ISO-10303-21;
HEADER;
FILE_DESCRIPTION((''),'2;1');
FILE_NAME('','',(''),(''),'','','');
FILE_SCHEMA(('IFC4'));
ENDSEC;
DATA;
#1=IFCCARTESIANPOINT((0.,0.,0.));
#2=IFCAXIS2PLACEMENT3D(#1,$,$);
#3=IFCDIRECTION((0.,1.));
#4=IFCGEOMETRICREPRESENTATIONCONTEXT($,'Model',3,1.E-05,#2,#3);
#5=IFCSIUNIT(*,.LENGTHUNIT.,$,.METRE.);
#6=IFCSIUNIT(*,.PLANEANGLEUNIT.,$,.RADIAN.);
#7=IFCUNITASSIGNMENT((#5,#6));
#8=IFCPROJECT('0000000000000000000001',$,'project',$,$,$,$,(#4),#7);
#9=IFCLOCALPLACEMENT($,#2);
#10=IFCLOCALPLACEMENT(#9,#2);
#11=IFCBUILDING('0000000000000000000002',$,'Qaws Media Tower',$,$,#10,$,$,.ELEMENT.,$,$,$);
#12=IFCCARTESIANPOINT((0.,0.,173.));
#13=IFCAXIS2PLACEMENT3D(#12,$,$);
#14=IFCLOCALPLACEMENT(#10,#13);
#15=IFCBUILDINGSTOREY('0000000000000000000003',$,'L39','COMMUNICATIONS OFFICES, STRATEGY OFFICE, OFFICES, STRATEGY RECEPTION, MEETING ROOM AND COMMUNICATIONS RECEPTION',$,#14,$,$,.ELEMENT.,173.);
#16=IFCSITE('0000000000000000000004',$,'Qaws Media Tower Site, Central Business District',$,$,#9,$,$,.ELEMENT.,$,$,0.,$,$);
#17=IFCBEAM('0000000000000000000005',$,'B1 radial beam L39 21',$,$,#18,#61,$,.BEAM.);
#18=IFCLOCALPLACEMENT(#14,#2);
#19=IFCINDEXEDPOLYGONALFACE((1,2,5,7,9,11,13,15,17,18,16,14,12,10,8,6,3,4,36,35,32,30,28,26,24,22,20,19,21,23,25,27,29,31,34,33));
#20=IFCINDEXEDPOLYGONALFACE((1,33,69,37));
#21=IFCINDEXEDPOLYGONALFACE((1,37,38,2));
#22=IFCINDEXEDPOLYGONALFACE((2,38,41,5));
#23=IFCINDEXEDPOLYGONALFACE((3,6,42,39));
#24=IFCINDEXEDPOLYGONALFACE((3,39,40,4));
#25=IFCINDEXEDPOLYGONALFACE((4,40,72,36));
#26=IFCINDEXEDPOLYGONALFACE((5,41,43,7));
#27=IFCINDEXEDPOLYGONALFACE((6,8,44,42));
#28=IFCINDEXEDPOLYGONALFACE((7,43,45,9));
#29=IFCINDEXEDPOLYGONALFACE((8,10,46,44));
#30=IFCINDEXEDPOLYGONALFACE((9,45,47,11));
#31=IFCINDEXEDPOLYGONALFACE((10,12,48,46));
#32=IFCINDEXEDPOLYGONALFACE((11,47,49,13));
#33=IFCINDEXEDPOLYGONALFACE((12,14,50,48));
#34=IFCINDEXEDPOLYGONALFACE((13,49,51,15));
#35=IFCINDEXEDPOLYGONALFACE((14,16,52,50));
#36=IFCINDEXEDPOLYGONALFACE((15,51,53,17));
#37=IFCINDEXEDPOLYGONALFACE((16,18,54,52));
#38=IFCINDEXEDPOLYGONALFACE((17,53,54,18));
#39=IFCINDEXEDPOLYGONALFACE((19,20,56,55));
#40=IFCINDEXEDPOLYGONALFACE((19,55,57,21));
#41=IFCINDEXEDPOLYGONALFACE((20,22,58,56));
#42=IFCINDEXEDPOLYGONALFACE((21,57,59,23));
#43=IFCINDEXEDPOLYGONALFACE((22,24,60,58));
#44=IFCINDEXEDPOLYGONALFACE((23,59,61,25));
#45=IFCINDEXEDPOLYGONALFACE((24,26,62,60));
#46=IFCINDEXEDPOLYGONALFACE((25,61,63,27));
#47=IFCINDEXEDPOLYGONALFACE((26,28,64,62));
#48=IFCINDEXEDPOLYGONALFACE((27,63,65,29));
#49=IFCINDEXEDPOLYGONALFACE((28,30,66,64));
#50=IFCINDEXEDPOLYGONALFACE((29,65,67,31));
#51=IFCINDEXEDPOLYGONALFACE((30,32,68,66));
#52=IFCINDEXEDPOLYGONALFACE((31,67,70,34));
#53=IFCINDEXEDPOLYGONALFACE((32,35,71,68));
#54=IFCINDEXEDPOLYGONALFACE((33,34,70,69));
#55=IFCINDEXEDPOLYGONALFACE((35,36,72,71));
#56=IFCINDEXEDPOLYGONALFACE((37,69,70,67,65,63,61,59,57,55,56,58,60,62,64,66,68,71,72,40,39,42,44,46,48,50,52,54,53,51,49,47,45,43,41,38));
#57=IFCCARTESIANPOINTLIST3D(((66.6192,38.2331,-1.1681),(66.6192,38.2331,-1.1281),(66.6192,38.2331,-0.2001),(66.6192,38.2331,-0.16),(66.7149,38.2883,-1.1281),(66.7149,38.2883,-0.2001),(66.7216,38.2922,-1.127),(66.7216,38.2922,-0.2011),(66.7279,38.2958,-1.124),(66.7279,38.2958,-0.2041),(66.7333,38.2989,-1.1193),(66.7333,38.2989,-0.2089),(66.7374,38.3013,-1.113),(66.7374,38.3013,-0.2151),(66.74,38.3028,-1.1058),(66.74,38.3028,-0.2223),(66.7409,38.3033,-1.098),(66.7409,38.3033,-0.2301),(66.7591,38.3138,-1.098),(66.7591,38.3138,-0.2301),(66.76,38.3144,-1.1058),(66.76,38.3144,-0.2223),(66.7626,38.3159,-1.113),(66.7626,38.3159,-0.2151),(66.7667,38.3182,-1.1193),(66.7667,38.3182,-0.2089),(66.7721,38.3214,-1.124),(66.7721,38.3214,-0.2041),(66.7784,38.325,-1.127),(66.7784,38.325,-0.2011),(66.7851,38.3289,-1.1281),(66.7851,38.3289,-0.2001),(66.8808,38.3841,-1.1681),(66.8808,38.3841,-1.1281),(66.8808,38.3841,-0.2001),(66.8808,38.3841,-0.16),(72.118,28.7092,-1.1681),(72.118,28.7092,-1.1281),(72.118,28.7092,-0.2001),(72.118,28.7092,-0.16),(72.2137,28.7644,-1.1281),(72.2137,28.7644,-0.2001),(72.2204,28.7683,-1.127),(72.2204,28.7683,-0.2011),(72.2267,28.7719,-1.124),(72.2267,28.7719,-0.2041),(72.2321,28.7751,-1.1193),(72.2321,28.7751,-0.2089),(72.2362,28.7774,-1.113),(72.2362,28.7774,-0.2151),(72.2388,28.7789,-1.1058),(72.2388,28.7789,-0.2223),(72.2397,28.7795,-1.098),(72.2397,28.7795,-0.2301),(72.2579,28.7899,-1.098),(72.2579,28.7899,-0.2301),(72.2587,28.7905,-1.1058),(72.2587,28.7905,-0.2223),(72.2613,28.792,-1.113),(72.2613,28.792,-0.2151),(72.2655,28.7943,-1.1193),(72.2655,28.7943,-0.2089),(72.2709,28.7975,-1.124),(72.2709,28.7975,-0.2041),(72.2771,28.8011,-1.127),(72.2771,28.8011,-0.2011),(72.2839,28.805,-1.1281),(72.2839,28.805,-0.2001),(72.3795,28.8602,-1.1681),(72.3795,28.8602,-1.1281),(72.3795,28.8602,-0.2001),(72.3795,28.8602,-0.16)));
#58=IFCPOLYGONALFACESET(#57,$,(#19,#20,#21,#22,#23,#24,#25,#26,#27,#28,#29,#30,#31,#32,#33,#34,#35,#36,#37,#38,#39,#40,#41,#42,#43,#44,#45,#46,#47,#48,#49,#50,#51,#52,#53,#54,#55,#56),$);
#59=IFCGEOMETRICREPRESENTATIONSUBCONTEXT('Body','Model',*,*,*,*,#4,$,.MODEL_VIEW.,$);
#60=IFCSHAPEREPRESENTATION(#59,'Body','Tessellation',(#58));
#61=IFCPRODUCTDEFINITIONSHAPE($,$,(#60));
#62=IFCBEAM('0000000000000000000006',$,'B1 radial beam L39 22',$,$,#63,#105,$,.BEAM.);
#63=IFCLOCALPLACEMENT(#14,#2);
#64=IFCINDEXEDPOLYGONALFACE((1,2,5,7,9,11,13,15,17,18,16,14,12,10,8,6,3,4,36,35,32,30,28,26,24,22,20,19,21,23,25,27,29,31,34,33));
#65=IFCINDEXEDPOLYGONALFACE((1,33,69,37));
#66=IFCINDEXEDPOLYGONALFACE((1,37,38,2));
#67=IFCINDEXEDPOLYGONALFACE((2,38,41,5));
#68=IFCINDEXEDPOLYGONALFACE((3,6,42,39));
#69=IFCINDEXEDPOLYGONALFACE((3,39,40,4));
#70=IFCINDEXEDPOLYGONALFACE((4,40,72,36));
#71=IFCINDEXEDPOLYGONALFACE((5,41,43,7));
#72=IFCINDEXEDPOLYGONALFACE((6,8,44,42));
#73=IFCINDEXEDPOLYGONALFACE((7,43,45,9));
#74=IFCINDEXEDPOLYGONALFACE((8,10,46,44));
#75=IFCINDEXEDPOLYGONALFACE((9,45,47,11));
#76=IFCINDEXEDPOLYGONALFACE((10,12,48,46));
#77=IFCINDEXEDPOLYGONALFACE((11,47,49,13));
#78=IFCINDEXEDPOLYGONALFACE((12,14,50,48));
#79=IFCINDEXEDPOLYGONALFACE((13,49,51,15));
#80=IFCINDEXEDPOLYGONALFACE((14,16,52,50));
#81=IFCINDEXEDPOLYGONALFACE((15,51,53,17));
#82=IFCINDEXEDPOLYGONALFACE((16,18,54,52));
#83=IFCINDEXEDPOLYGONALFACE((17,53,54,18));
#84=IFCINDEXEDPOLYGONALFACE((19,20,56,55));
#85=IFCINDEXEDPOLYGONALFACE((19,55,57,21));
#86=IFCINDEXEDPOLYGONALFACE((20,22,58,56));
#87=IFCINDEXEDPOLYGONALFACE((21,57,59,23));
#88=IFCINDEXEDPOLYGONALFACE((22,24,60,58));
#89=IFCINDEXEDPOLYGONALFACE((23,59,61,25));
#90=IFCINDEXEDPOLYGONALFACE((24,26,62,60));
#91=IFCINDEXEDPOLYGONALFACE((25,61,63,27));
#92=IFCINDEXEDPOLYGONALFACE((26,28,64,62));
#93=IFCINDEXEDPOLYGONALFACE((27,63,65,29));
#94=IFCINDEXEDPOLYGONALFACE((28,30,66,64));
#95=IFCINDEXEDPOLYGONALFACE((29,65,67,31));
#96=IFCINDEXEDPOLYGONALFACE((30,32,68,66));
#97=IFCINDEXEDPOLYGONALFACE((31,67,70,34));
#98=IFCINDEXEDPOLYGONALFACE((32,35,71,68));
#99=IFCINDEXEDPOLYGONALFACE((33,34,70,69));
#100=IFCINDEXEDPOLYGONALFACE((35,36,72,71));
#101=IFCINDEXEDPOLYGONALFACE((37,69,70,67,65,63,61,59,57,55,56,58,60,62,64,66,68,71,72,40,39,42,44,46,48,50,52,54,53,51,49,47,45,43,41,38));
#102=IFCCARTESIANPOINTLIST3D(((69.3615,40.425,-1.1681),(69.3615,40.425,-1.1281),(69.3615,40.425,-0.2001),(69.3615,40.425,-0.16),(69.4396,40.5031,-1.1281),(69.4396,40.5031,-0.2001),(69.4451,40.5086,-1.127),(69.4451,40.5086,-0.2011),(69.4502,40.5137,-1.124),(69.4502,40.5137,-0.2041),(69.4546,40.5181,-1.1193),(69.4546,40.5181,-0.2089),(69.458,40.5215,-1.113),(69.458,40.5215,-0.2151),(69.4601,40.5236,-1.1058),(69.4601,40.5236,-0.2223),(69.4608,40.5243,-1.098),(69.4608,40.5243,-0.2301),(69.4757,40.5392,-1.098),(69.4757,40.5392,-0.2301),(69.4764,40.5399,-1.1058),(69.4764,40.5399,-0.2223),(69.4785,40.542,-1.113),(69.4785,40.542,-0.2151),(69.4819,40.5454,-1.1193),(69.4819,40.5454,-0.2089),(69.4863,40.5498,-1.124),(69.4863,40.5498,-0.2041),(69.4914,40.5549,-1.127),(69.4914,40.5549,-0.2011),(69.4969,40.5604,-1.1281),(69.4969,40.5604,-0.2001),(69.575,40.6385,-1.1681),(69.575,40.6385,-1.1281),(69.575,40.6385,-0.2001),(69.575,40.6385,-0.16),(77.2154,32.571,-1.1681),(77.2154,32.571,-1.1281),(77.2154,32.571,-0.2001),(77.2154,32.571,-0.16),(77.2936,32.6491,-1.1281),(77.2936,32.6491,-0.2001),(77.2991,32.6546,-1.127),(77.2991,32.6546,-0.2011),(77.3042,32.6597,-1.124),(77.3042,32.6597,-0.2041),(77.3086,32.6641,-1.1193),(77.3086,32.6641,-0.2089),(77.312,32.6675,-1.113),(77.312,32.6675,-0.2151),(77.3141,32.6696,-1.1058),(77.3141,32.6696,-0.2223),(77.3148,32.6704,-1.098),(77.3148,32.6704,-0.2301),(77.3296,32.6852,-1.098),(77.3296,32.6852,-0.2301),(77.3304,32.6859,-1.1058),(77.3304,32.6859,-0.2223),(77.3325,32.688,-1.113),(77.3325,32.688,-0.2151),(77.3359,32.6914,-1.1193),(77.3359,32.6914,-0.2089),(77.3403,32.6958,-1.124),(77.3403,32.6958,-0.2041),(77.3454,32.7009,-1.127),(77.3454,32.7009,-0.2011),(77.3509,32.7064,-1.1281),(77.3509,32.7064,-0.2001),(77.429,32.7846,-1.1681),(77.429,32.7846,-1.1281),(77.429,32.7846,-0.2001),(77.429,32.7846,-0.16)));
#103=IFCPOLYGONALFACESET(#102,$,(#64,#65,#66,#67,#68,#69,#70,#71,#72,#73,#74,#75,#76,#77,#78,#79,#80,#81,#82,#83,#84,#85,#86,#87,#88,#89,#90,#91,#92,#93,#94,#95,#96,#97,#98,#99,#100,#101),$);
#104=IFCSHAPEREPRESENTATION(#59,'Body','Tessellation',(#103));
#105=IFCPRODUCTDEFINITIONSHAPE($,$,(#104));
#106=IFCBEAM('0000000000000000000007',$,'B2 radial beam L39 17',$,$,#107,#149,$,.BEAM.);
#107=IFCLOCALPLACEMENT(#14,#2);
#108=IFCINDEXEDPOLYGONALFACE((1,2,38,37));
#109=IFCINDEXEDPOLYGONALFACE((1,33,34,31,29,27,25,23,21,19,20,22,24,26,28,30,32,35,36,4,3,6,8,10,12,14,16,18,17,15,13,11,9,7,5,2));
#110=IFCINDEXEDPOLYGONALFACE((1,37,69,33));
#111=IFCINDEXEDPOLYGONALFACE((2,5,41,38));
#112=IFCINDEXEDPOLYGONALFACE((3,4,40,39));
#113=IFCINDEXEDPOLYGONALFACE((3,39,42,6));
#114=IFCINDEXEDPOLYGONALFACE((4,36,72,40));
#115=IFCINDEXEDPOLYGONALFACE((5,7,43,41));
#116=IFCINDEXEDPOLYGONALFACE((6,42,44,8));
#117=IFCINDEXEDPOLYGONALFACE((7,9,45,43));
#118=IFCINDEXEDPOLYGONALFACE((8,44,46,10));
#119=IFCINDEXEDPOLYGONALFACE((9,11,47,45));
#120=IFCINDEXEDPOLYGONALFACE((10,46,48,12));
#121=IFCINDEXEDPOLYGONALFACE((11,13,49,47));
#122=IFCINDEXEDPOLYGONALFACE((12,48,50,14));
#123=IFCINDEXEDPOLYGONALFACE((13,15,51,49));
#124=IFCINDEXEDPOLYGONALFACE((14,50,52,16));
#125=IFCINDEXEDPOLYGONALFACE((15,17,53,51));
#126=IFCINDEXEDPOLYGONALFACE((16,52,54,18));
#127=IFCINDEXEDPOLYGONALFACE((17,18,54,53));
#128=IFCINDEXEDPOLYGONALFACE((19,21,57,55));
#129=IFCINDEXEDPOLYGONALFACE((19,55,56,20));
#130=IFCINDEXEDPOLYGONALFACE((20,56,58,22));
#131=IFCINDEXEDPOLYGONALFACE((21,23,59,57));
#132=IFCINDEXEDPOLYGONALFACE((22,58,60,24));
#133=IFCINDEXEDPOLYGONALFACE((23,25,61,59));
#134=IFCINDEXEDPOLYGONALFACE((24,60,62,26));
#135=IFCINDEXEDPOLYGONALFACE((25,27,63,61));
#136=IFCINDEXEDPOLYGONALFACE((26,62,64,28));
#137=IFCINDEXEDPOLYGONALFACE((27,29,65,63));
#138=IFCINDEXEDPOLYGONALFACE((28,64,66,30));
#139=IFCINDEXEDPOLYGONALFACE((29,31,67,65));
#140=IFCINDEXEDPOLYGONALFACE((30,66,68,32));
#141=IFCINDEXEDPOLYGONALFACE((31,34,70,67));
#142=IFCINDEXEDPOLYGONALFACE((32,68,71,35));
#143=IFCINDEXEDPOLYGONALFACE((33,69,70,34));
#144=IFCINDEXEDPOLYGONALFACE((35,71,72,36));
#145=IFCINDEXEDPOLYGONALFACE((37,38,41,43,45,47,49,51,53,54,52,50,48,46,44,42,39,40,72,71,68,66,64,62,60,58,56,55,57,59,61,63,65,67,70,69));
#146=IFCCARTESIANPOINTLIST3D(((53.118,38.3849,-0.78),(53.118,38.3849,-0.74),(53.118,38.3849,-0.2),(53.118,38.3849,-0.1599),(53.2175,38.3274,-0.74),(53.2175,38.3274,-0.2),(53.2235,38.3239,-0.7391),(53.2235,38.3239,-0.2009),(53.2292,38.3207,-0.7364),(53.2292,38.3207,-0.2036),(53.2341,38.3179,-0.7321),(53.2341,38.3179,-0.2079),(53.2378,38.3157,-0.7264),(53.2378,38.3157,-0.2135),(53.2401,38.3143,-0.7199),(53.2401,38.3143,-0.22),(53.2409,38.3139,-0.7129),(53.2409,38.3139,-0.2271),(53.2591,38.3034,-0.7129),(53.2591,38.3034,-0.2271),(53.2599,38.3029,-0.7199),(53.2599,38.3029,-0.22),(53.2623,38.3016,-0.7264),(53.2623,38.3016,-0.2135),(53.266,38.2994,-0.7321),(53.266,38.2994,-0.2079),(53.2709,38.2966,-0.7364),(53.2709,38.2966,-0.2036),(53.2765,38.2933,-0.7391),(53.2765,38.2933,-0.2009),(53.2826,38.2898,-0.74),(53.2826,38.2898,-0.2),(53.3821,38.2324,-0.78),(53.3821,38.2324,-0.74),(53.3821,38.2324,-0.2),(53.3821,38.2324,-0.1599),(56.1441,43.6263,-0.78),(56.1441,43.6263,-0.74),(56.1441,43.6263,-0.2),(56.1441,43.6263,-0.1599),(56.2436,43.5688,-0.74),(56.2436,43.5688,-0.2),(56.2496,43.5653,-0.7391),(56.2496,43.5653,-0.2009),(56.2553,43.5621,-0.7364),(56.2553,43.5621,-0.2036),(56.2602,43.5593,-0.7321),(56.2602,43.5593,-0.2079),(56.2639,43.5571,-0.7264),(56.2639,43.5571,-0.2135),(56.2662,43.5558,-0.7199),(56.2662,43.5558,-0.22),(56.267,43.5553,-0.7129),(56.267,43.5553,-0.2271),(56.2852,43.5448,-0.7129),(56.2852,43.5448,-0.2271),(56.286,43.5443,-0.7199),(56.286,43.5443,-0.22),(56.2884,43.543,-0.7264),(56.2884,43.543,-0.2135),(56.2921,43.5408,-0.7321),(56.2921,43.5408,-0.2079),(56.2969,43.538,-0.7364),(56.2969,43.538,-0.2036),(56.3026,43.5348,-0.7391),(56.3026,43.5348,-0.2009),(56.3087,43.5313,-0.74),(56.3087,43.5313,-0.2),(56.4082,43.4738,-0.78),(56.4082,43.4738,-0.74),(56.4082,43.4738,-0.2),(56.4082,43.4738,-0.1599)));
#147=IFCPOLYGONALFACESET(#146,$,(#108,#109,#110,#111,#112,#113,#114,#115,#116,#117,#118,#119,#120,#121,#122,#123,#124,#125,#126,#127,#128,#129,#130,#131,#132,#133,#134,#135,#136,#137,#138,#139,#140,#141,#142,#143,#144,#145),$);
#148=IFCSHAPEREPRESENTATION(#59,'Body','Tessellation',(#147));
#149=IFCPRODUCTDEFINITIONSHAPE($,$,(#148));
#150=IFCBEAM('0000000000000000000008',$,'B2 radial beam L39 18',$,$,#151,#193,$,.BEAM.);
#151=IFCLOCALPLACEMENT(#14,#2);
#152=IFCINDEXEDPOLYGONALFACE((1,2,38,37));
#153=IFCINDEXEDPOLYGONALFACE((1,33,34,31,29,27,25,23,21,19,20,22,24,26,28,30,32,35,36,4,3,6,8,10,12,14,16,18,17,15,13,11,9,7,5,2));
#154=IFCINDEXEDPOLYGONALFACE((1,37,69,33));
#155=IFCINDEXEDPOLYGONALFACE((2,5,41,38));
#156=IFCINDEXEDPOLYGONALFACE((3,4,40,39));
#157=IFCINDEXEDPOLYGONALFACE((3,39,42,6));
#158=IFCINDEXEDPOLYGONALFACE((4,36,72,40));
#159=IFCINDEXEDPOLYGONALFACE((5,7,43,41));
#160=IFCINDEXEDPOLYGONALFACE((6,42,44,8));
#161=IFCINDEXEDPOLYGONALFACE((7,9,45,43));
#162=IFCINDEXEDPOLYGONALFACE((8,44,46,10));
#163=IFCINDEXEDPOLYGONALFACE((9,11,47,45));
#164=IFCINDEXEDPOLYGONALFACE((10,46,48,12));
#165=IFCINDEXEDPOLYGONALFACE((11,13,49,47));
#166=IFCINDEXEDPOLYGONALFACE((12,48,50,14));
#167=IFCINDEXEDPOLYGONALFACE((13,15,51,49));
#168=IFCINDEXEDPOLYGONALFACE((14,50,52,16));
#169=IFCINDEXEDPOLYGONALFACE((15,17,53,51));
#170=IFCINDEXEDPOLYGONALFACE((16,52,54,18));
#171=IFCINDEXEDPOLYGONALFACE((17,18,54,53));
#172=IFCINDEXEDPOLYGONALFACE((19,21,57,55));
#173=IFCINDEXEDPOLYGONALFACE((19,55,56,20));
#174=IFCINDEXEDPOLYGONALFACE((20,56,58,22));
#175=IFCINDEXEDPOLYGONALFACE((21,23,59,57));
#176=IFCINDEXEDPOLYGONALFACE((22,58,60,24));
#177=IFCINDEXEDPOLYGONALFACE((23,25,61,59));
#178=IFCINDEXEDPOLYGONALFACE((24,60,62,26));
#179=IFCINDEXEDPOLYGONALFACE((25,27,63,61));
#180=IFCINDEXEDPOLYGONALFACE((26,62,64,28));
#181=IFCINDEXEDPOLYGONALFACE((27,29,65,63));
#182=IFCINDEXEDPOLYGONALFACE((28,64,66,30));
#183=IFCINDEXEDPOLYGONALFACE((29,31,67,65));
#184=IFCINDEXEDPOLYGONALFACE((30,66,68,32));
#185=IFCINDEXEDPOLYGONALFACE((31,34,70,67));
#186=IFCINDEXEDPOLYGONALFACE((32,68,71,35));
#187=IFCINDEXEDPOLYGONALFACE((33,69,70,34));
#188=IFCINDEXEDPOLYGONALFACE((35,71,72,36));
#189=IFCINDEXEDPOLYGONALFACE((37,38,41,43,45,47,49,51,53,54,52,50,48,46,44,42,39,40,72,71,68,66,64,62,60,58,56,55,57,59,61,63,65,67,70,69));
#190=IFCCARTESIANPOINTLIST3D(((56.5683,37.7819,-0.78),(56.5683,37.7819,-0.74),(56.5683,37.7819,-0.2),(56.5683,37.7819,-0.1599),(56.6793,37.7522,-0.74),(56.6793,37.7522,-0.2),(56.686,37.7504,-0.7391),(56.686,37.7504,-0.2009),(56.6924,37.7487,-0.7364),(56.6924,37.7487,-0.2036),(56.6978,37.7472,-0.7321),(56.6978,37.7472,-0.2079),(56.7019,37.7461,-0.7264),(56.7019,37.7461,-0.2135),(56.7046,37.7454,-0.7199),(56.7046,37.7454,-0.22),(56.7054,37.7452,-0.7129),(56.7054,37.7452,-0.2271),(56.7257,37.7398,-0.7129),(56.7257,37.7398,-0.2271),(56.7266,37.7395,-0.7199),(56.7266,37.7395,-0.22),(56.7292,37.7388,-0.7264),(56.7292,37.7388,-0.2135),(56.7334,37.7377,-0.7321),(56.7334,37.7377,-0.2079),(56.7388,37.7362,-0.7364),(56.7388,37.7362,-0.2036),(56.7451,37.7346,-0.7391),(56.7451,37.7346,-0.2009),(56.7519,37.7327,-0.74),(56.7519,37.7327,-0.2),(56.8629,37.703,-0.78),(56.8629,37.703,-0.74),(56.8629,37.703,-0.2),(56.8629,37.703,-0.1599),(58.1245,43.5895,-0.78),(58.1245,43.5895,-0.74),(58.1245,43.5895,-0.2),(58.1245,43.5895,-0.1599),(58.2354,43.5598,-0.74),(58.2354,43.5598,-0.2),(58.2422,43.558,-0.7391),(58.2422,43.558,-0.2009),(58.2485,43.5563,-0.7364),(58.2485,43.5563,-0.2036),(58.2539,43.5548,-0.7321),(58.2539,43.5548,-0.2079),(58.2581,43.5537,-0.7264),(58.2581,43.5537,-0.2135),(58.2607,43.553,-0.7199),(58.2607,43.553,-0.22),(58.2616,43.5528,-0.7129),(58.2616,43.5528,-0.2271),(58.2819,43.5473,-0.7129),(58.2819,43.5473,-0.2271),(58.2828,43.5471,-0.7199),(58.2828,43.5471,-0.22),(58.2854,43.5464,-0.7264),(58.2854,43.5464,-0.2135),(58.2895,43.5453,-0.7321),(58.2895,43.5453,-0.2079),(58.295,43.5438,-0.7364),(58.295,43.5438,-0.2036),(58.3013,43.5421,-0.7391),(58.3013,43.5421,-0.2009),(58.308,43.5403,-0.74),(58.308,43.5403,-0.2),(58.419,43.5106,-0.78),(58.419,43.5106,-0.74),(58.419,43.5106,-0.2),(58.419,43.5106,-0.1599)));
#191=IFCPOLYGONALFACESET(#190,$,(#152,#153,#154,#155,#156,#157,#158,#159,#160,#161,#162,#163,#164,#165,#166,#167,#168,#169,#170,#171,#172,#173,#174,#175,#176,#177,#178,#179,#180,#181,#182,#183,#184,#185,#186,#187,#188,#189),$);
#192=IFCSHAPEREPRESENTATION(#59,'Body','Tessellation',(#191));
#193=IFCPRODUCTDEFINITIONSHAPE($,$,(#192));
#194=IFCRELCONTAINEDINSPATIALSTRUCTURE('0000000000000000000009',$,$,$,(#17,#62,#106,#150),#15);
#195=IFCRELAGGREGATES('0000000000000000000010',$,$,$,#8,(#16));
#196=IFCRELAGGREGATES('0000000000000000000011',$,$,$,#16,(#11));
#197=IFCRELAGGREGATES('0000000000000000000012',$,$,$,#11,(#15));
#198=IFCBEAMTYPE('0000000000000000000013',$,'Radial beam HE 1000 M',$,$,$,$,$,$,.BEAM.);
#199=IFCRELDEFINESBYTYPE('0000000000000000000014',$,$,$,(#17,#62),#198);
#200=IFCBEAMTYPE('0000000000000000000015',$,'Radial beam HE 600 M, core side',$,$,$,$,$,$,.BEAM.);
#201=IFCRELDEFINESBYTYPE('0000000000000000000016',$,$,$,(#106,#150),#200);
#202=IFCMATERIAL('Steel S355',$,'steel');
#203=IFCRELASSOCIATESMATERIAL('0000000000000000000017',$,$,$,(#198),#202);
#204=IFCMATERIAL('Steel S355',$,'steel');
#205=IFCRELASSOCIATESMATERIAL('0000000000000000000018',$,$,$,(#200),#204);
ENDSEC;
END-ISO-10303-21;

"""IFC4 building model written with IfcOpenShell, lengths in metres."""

from ifc_helpers import new_model, si_unit, direction, frame, origin, origin_2d, place, context, subcontext, project, spatial, i_section, extrude, material, material_profile, profile_set, type_object, element, save


model = new_model("IFC4")

# Units and contexts
model_context = context("Model", 3, precision=1e-05, world=origin(), true_north=direction((0.0, 1.0)))
body_context = subcontext(model_context, "Body", "Model", "MODEL_VIEW")
ifc_project = project(units=[si_unit("LENGTHUNIT", "METRE"), si_unit("PLANEANGLEUNIT", "RADIAN")], contexts=[model_context])

# Site, building, storey
site_placement = place(None, origin())
site = spatial("IfcSite", under=ifc_project, at=site_placement, Name="Qaws Media Tower Site, Central Business District", CompositionType="ELEMENT", RefElevation=0.0)
building_placement = place(site_placement, origin())
building = spatial("IfcBuilding", under=site, at=building_placement, Name="Qaws Media Tower", CompositionType="ELEMENT")
storey_placement = place(building_placement, frame((0.0, 0.0, 173.0)))
storey = spatial("IfcBuildingStorey", under=building, at=storey_placement, Name="L39", Description="COMMUNICATIONS OFFICES, STRATEGY OFFICE, OFFICES, STRATEGY RECEPTION, MEETING ROOM AND COMMUNICATIONS RECEPTION", CompositionType="ELEMENT", Elevation=173.0)

# Beams
ifc_material_1 = material(Name="Steel S355", Category="steel")
ifc_material_profile_1 = material_profile(ifc_material_1, i_section(OverallWidth=0.302, OverallDepth=1.0081, WebThickness=0.021, FlangeThickness=0.04, FilletRadius=0.03, at=origin_2d()), Name="HE 1000 M")
ifc_profile_set_1 = profile_set([ifc_material_profile_1], Name="Steel S355")
beam_type_1 = type_object("IfcBeamType", Name="Radial beam HE 1000 M", PredefinedType="BEAM", material=ifc_profile_set_1)
beam_1_placement = place(storey_placement, frame((66.75, 38.3086, -0.6641), z_axis=(0.500009, -0.86602, 0.0), x_axis=(0.86602, 0.500009, 0.0)))
element("IfcBeam", 1, at=beam_1_placement, inside=storey, type_object=beam_type_1, Name="B1 radial beam L39 21", PredefinedType="BEAM", context=body_context, shape_type="SweptSolid", body=[
    extrude(i_section(OverallWidth=0.302, OverallDepth=1.0081, WebThickness=0.021, FlangeThickness=0.04, FilletRadius=0.03, at=origin_2d()), origin(), (0.0, 0.0, 1.0), 10.9973),
])
beam_2_placement = place(storey_placement, frame((69.4683, 40.5317, -0.6641), z_axis=(0.707107, -0.707107, 0.0), x_axis=(0.707107, 0.707107, 0.0)))
element("IfcBeam", 2, at=beam_2_placement, inside=storey, type_object=beam_type_1, Name="B1 radial beam L39 22", PredefinedType="BEAM", context=body_context, shape_type="SweptSolid", body=[
    extrude(i_section(OverallWidth=0.302, OverallDepth=1.0081, WebThickness=0.021, FlangeThickness=0.04, FilletRadius=0.03, at=origin_2d()), origin(), (0.0, 0.0, 1.0), 11.1072),
])
ifc_material_2 = material(Name="Steel S355", Category="steel")
ifc_material_profile_2 = material_profile(ifc_material_2, i_section(OverallWidth=0.3049, OverallDepth=0.6201, WebThickness=0.021, FlangeThickness=0.04, FilletRadius=0.0271, at=origin_2d()), Name="HE 600 M")
ifc_profile_set_2 = profile_set([ifc_material_profile_2], Name="Steel S355")
beam_type_2 = type_object("IfcBeamType", Name="Radial beam HE 600 M, core side", PredefinedType="BEAM", material=ifc_profile_set_2)
beam_3_placement = place(storey_placement, frame((56.2761, 43.55, -0.47), z_axis=(-0.499996, -0.866028, 0.0), x_axis=(0.866028, -0.499996, 0.0)))
element("IfcBeam", 3, at=beam_3_placement, inside=storey, type_object=beam_type_2, Name="B2 radial beam L39 17", PredefinedType="BEAM", context=body_context, shape_type="SweptSolid", body=[
    extrude(i_section(OverallWidth=0.3049, OverallDepth=0.6201, WebThickness=0.021, FlangeThickness=0.04, FilletRadius=0.0271, at=origin_2d()), origin(), (0.0, 0.0, 1.0), 6.0522),
])
beam_4_placement = place(storey_placement, frame((58.2717, 43.55, -0.47), z_axis=(-0.25882, -0.965926, 0.0), x_axis=(0.965926, -0.25882, 0.0)))
element("IfcBeam", 4, at=beam_4_placement, inside=storey, type_object=beam_type_2, Name="B2 radial beam L39 18", PredefinedType="BEAM", context=body_context, shape_type="SweptSolid", body=[
    extrude(i_section(OverallWidth=0.3049, OverallDepth=0.6201, WebThickness=0.021, FlangeThickness=0.04, FilletRadius=0.0271, at=origin_2d()), origin(), (0.0, 0.0, 1.0), 6.0125),
])

save(model, "model.ifc")
